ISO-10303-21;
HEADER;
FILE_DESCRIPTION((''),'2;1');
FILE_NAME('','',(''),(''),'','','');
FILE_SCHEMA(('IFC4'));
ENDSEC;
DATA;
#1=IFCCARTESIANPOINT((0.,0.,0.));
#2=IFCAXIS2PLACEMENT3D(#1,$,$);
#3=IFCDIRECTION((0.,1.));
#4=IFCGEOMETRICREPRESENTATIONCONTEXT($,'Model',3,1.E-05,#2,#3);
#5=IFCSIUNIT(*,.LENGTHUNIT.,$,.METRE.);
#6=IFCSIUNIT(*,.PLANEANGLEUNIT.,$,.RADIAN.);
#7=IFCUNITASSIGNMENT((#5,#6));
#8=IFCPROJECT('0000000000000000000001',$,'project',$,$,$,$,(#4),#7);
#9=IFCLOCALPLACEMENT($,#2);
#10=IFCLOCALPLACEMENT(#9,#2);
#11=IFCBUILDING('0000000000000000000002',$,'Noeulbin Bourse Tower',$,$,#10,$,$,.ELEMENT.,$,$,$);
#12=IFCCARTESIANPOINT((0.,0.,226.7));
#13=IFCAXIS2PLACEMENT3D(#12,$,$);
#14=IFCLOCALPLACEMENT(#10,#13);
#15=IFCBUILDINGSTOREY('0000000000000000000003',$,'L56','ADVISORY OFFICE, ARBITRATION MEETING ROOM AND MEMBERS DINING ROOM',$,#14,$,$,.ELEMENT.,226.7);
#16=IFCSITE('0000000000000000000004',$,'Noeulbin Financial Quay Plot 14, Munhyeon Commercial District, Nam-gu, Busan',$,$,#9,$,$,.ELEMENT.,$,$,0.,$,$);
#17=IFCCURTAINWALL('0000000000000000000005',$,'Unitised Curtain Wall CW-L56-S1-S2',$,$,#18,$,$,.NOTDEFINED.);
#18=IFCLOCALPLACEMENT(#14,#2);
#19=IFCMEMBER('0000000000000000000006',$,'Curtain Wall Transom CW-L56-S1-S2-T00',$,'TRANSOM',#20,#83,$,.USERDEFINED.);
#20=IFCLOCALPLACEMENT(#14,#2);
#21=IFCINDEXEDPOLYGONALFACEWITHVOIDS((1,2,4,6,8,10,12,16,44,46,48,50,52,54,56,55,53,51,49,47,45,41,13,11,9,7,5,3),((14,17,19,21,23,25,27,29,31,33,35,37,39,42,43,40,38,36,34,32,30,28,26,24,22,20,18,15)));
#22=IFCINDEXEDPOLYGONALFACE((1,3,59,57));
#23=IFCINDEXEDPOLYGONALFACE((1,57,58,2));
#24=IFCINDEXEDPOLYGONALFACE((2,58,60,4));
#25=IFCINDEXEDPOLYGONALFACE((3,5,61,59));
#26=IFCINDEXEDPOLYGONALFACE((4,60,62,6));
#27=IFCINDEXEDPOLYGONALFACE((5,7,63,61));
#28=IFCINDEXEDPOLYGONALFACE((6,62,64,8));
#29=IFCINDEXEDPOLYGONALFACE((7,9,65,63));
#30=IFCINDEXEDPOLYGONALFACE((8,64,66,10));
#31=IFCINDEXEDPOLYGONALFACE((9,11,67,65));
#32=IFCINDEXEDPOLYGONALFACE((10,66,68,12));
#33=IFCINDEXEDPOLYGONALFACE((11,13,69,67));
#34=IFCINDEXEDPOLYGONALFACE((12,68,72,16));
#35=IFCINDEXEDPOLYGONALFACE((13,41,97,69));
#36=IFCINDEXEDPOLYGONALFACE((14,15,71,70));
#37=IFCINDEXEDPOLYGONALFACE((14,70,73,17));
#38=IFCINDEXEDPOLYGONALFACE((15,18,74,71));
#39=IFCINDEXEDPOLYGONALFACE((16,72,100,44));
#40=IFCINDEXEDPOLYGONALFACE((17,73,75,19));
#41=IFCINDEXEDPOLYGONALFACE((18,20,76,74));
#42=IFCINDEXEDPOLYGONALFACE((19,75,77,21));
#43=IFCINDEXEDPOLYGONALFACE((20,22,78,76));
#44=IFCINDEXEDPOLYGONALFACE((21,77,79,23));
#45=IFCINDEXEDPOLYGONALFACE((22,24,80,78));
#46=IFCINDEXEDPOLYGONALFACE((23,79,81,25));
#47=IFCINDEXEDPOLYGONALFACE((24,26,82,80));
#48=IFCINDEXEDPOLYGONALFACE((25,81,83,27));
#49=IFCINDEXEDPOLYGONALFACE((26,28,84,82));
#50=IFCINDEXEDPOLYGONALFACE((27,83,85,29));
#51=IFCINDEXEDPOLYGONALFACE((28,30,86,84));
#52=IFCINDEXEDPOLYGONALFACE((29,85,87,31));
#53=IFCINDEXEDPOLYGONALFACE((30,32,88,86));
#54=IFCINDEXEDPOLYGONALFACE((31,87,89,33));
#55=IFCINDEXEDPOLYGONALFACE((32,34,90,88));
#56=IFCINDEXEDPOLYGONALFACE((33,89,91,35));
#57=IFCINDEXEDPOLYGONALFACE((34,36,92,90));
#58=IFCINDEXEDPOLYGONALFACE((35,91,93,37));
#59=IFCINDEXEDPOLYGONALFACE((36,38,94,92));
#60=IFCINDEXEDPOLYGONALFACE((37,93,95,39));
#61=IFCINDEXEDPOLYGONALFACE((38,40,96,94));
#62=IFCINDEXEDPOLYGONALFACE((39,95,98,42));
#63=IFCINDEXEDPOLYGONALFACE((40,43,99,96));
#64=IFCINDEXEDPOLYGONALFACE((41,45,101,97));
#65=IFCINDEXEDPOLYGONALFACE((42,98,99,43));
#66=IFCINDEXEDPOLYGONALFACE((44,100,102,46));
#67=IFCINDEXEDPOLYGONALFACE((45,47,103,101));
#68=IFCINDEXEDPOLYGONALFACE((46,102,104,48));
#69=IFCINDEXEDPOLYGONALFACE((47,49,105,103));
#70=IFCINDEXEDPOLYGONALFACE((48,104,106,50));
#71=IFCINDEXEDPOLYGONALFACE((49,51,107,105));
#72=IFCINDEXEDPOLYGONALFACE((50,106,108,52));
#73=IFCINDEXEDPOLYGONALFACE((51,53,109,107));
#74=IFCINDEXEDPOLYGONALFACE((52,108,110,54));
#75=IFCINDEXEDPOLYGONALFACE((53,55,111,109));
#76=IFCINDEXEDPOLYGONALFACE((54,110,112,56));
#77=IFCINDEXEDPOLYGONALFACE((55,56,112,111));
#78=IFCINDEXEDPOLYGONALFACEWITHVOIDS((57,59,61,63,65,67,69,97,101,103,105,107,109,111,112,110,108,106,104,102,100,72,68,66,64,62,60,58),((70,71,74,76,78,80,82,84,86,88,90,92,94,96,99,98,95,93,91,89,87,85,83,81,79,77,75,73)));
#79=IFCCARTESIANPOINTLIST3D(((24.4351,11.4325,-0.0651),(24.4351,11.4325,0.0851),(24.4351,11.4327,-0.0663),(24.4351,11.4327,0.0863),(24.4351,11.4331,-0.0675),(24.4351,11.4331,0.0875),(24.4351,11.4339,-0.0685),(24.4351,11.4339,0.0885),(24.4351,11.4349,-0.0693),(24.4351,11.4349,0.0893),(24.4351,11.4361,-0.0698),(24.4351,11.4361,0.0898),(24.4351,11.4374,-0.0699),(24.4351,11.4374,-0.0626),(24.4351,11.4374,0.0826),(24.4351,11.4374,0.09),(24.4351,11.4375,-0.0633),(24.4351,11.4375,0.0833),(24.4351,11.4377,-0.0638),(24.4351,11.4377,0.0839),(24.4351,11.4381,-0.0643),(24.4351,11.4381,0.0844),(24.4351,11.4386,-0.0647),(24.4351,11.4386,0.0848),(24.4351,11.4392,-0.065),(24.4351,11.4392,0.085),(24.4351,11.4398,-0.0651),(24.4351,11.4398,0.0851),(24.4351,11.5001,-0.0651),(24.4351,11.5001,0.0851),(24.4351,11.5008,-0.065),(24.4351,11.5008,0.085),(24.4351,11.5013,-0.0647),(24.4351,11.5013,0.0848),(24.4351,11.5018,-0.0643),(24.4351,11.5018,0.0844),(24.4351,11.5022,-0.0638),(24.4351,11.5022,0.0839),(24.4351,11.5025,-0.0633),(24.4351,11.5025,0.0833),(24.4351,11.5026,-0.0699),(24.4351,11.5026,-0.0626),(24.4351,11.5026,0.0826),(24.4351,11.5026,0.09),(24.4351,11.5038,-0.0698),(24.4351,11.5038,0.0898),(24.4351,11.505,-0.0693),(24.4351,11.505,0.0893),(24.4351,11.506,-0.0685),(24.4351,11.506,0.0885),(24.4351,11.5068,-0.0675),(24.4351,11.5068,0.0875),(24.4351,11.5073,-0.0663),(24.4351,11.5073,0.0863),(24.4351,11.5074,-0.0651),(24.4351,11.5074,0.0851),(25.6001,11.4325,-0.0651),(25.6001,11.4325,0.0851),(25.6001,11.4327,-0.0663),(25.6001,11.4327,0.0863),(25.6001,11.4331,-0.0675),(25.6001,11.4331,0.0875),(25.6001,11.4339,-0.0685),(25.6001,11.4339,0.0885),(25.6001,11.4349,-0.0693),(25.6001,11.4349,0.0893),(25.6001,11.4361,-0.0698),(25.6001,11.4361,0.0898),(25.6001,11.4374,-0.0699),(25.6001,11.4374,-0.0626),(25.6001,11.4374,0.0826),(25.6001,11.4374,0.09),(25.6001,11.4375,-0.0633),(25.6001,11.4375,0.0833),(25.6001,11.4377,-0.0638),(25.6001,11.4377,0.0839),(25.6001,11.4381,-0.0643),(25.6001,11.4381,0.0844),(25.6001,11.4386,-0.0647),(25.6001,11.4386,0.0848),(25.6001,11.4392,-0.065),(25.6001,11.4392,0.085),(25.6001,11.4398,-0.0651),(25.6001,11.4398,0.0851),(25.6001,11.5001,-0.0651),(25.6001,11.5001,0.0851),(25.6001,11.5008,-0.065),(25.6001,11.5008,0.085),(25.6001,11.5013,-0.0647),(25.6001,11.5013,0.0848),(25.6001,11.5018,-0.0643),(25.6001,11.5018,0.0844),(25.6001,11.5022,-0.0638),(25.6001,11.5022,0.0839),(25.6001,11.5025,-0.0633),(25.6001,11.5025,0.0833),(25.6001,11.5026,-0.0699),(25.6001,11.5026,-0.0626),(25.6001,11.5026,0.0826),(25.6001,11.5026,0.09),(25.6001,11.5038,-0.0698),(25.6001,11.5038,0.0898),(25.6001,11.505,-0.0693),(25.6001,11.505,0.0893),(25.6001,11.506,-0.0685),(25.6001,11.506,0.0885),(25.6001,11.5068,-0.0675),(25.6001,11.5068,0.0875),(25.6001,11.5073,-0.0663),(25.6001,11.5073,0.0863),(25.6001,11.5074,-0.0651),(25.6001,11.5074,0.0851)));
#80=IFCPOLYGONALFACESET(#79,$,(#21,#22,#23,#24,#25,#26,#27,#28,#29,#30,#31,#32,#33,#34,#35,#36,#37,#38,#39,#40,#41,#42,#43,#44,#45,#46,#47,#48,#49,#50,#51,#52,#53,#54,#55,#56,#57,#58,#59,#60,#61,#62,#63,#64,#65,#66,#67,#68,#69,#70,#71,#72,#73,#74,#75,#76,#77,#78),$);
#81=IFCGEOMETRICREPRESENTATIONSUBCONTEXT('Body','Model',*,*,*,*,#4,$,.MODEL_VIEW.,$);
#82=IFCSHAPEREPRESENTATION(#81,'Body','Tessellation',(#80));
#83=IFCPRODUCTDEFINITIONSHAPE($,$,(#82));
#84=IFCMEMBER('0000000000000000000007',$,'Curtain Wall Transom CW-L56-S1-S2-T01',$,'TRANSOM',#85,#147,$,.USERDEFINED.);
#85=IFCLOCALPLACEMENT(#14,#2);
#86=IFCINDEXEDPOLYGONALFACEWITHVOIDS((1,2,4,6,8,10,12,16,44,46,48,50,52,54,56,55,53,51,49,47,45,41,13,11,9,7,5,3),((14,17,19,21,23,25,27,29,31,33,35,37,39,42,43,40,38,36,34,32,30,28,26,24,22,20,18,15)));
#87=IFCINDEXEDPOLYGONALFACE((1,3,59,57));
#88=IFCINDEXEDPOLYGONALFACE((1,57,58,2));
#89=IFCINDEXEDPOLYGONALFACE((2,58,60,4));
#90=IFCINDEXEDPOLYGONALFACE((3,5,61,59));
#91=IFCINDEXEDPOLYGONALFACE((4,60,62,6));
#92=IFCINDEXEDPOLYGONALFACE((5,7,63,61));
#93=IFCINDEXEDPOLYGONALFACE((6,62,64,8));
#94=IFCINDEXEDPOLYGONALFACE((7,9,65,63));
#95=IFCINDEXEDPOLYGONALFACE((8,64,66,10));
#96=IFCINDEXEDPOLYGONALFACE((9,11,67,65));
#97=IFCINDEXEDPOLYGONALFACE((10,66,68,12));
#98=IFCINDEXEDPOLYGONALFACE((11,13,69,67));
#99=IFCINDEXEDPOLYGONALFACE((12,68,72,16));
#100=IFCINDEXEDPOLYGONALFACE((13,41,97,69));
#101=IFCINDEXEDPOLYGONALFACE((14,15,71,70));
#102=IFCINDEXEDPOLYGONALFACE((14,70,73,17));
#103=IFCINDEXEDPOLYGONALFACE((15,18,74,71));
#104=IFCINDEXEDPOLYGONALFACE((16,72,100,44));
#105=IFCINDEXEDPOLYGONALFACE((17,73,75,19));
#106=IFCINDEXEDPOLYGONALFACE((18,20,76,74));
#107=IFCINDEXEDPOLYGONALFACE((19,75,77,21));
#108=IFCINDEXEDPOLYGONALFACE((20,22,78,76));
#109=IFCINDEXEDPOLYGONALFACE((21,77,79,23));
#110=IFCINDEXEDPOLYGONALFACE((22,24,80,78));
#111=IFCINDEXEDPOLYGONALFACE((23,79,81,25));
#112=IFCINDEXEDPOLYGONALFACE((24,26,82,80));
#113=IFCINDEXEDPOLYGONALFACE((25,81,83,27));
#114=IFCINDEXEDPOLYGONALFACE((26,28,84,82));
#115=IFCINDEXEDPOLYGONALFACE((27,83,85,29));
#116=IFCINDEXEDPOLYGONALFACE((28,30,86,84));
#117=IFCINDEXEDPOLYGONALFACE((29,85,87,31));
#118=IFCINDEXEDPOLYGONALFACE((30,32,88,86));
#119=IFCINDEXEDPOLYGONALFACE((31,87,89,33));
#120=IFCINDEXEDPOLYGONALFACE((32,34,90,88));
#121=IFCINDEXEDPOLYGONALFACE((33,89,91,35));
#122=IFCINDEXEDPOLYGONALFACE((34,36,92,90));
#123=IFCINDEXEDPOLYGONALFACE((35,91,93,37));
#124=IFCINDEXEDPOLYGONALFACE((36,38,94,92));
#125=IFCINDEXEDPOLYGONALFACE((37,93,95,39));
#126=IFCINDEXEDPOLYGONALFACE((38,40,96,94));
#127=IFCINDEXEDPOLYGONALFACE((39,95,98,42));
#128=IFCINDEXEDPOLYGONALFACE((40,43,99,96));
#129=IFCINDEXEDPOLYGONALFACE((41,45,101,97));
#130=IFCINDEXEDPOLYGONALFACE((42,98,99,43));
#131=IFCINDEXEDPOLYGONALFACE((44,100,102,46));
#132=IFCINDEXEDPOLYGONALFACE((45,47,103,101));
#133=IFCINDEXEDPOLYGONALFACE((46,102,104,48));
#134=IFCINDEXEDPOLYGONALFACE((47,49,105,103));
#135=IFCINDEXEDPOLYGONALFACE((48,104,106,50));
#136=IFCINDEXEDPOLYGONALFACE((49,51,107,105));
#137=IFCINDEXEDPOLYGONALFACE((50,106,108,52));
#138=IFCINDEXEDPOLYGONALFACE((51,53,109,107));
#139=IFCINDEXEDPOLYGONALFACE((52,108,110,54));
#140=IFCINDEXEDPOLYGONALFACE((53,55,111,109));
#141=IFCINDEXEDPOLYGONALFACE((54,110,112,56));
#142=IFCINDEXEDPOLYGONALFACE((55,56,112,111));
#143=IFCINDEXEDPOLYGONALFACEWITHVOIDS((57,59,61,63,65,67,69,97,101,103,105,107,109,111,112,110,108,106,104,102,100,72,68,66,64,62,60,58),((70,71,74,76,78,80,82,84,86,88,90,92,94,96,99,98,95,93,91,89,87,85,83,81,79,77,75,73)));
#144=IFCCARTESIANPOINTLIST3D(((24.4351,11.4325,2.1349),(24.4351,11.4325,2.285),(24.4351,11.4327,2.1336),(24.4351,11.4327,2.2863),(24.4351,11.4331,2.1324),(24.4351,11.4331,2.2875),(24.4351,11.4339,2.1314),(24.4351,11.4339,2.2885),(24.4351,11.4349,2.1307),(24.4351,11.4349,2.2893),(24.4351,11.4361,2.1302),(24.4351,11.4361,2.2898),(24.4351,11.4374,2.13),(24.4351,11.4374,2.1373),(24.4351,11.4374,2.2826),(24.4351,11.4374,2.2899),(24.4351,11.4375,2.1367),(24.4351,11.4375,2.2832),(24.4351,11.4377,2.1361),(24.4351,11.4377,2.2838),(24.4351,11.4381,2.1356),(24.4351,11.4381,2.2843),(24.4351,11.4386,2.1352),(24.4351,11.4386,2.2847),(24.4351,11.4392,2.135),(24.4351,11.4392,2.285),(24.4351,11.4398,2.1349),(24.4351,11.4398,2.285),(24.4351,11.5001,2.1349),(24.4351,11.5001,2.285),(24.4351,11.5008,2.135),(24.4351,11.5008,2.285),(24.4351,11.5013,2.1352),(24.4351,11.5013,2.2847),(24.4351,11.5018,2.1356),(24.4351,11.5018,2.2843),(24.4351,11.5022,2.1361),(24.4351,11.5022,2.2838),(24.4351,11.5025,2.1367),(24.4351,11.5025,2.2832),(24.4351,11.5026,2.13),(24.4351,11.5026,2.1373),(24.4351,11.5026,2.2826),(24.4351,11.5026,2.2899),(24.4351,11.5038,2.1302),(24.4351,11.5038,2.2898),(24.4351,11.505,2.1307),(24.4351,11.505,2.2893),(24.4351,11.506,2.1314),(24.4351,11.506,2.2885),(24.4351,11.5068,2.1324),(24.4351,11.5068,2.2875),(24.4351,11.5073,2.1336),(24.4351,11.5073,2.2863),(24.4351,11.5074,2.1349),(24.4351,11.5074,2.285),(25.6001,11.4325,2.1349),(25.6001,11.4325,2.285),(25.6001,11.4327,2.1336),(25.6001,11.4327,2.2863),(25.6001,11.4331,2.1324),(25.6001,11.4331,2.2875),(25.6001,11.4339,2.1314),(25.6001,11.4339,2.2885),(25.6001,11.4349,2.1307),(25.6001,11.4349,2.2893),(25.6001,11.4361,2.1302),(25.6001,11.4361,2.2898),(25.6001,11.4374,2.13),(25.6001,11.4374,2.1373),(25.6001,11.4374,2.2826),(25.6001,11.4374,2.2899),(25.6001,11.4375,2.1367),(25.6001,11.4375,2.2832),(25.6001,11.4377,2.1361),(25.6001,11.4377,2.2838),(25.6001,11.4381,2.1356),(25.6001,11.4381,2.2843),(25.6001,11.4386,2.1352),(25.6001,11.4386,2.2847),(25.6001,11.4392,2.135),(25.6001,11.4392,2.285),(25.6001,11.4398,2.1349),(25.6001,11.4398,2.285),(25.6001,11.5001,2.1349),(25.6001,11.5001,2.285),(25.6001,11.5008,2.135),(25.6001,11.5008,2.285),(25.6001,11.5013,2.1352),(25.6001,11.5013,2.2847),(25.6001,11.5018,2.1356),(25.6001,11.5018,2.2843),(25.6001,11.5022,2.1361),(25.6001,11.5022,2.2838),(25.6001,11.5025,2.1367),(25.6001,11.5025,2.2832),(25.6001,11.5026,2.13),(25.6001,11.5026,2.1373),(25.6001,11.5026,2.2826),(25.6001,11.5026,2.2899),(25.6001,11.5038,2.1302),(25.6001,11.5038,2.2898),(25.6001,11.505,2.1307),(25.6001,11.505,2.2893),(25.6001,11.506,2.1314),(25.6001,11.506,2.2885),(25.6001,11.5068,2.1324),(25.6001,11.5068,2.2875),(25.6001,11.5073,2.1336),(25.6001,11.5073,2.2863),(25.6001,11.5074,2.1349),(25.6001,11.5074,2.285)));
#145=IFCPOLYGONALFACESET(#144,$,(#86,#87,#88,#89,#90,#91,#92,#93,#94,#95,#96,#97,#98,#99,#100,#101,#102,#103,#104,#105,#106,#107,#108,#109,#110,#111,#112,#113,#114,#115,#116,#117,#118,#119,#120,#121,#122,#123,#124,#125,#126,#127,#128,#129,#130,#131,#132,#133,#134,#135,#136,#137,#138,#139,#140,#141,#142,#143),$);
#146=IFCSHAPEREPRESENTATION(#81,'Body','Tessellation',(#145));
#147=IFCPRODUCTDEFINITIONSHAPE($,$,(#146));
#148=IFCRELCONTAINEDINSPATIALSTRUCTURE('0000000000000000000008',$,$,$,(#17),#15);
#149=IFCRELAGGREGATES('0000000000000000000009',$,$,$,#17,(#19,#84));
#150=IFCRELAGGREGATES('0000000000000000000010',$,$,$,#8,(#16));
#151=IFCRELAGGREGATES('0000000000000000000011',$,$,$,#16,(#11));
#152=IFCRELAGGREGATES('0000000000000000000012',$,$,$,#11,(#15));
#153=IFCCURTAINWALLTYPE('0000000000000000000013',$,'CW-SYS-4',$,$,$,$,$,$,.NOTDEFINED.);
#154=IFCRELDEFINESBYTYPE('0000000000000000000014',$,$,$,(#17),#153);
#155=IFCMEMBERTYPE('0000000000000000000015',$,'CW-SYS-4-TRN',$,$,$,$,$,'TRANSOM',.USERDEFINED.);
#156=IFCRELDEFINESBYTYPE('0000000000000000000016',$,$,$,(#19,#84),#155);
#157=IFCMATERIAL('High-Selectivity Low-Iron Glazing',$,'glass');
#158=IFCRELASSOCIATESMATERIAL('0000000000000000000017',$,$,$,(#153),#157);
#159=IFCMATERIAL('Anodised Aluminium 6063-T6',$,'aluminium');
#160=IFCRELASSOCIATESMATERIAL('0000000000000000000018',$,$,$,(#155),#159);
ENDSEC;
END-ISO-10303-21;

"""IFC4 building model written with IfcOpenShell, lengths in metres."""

from ifc_helpers import new_model, si_unit, direction, frame, origin, origin_2d, place, context, subcontext, project, spatial, hollow_rectangle, extrude, material, material_profile, profile_set, type_object, element, aggregate, save


model = new_model("IFC4")

# Units and contexts
model_context = context("Model", 3, precision=1e-05, world=origin(), true_north=direction((0.0, 1.0)))
body_context = subcontext(model_context, "Body", "Model", "MODEL_VIEW")
ifc_project = project(units=[si_unit("LENGTHUNIT", "METRE"), si_unit("PLANEANGLEUNIT", "RADIAN")], contexts=[model_context])

# Site, building, storey
site_placement = place(None, origin())
site = spatial("IfcSite", under=ifc_project, at=site_placement, Name="Noeulbin Financial Quay Plot 14, Munhyeon Commercial District, Nam-gu, Busan", CompositionType="ELEMENT", RefElevation=0.0)
building_placement = place(site_placement, origin())
building = spatial("IfcBuilding", under=site, at=building_placement, Name="Noeulbin Bourse Tower", CompositionType="ELEMENT")
storey_placement = place(building_placement, frame((0.0, 0.0, 226.7)))
storey = spatial("IfcBuildingStorey", under=building, at=storey_placement, Name="L56", Description="ADVISORY OFFICE, ARBITRATION MEETING ROOM AND MEMBERS DINING ROOM", CompositionType="ELEMENT", Elevation=226.7)

# Shared definitions
ifc_material_1 = material(Name="High-Selectivity Low-Iron Glazing", Category="glass")
curtain_wall_type = type_object("IfcCurtainWallType", Name="CW-SYS-4", PredefinedType="NOTDEFINED", material=ifc_material_1)
ifc_material_2 = material(Name="Anodised Aluminium 6063-T6", Category="aluminium")

# Curtain wall
curtain_wall_1_placement = place(storey_placement, origin())
curtain_wall_1 = element("IfcCurtainWall", 1, at=curtain_wall_1_placement, inside=storey, type_object=curtain_wall_type, Name="Unitised Curtain Wall CW-L56-S1-S2", PredefinedType="NOTDEFINED")

# Members
ifc_material_profile_1 = material_profile(ifc_material_2, hollow_rectangle(XDim=0.075, YDim=0.1599, WallThickness=0.0049, InnerFilletRadius=0.0024, OuterFilletRadius=0.0049, at=origin_2d()), Name="ALU-TRAN-75x160x5", Category="LoadBearing")
ifc_profile_set_1 = profile_set([ifc_material_profile_1], Name="Anodised Aluminium 6063-T6")
member_type_1 = type_object("IfcMemberType", Name="CW-SYS-4-TRN", ElementType="TRANSOM", PredefinedType="USERDEFINED", material=ifc_profile_set_1)
member_1_placement = place(storey_placement, frame((24.4351, 11.47, 0.01), z_axis=(1.0, 0.0, 0.0), x_axis=(0.0, 1.0, 0.0)))
member_1 = element("IfcMember", 2, at=member_1_placement, type_object=member_type_1, Name="Curtain Wall Transom CW-L56-S1-S2-T00", ObjectType="TRANSOM", PredefinedType="USERDEFINED", context=body_context, shape_type="SweptSolid", body=[
    extrude(hollow_rectangle(XDim=0.075, YDim=0.1599, WallThickness=0.0049, InnerFilletRadius=0.0024, OuterFilletRadius=0.0049, at=origin_2d()), origin(), (0.0, 0.0, 1.0), 1.165),
])
member_2_placement = place(storey_placement, frame((24.4351, 11.47, 2.21), z_axis=(1.0, 0.0, 0.0), x_axis=(0.0, 1.0, 0.0)))
member_2 = element("IfcMember", 3, at=member_2_placement, type_object=member_type_1, Name="Curtain Wall Transom CW-L56-S1-S2-T01", ObjectType="TRANSOM", PredefinedType="USERDEFINED", context=body_context, shape_type="SweptSolid", body=[
    extrude(hollow_rectangle(XDim=0.075, YDim=0.1599, WallThickness=0.0049, InnerFilletRadius=0.0024, OuterFilletRadius=0.0049, at=origin_2d()), origin(), (0.0, 0.0, 1.0), 1.165),
])

aggregate(curtain_wall_1, [member_1, member_2])

save(model, "model.ifc")
